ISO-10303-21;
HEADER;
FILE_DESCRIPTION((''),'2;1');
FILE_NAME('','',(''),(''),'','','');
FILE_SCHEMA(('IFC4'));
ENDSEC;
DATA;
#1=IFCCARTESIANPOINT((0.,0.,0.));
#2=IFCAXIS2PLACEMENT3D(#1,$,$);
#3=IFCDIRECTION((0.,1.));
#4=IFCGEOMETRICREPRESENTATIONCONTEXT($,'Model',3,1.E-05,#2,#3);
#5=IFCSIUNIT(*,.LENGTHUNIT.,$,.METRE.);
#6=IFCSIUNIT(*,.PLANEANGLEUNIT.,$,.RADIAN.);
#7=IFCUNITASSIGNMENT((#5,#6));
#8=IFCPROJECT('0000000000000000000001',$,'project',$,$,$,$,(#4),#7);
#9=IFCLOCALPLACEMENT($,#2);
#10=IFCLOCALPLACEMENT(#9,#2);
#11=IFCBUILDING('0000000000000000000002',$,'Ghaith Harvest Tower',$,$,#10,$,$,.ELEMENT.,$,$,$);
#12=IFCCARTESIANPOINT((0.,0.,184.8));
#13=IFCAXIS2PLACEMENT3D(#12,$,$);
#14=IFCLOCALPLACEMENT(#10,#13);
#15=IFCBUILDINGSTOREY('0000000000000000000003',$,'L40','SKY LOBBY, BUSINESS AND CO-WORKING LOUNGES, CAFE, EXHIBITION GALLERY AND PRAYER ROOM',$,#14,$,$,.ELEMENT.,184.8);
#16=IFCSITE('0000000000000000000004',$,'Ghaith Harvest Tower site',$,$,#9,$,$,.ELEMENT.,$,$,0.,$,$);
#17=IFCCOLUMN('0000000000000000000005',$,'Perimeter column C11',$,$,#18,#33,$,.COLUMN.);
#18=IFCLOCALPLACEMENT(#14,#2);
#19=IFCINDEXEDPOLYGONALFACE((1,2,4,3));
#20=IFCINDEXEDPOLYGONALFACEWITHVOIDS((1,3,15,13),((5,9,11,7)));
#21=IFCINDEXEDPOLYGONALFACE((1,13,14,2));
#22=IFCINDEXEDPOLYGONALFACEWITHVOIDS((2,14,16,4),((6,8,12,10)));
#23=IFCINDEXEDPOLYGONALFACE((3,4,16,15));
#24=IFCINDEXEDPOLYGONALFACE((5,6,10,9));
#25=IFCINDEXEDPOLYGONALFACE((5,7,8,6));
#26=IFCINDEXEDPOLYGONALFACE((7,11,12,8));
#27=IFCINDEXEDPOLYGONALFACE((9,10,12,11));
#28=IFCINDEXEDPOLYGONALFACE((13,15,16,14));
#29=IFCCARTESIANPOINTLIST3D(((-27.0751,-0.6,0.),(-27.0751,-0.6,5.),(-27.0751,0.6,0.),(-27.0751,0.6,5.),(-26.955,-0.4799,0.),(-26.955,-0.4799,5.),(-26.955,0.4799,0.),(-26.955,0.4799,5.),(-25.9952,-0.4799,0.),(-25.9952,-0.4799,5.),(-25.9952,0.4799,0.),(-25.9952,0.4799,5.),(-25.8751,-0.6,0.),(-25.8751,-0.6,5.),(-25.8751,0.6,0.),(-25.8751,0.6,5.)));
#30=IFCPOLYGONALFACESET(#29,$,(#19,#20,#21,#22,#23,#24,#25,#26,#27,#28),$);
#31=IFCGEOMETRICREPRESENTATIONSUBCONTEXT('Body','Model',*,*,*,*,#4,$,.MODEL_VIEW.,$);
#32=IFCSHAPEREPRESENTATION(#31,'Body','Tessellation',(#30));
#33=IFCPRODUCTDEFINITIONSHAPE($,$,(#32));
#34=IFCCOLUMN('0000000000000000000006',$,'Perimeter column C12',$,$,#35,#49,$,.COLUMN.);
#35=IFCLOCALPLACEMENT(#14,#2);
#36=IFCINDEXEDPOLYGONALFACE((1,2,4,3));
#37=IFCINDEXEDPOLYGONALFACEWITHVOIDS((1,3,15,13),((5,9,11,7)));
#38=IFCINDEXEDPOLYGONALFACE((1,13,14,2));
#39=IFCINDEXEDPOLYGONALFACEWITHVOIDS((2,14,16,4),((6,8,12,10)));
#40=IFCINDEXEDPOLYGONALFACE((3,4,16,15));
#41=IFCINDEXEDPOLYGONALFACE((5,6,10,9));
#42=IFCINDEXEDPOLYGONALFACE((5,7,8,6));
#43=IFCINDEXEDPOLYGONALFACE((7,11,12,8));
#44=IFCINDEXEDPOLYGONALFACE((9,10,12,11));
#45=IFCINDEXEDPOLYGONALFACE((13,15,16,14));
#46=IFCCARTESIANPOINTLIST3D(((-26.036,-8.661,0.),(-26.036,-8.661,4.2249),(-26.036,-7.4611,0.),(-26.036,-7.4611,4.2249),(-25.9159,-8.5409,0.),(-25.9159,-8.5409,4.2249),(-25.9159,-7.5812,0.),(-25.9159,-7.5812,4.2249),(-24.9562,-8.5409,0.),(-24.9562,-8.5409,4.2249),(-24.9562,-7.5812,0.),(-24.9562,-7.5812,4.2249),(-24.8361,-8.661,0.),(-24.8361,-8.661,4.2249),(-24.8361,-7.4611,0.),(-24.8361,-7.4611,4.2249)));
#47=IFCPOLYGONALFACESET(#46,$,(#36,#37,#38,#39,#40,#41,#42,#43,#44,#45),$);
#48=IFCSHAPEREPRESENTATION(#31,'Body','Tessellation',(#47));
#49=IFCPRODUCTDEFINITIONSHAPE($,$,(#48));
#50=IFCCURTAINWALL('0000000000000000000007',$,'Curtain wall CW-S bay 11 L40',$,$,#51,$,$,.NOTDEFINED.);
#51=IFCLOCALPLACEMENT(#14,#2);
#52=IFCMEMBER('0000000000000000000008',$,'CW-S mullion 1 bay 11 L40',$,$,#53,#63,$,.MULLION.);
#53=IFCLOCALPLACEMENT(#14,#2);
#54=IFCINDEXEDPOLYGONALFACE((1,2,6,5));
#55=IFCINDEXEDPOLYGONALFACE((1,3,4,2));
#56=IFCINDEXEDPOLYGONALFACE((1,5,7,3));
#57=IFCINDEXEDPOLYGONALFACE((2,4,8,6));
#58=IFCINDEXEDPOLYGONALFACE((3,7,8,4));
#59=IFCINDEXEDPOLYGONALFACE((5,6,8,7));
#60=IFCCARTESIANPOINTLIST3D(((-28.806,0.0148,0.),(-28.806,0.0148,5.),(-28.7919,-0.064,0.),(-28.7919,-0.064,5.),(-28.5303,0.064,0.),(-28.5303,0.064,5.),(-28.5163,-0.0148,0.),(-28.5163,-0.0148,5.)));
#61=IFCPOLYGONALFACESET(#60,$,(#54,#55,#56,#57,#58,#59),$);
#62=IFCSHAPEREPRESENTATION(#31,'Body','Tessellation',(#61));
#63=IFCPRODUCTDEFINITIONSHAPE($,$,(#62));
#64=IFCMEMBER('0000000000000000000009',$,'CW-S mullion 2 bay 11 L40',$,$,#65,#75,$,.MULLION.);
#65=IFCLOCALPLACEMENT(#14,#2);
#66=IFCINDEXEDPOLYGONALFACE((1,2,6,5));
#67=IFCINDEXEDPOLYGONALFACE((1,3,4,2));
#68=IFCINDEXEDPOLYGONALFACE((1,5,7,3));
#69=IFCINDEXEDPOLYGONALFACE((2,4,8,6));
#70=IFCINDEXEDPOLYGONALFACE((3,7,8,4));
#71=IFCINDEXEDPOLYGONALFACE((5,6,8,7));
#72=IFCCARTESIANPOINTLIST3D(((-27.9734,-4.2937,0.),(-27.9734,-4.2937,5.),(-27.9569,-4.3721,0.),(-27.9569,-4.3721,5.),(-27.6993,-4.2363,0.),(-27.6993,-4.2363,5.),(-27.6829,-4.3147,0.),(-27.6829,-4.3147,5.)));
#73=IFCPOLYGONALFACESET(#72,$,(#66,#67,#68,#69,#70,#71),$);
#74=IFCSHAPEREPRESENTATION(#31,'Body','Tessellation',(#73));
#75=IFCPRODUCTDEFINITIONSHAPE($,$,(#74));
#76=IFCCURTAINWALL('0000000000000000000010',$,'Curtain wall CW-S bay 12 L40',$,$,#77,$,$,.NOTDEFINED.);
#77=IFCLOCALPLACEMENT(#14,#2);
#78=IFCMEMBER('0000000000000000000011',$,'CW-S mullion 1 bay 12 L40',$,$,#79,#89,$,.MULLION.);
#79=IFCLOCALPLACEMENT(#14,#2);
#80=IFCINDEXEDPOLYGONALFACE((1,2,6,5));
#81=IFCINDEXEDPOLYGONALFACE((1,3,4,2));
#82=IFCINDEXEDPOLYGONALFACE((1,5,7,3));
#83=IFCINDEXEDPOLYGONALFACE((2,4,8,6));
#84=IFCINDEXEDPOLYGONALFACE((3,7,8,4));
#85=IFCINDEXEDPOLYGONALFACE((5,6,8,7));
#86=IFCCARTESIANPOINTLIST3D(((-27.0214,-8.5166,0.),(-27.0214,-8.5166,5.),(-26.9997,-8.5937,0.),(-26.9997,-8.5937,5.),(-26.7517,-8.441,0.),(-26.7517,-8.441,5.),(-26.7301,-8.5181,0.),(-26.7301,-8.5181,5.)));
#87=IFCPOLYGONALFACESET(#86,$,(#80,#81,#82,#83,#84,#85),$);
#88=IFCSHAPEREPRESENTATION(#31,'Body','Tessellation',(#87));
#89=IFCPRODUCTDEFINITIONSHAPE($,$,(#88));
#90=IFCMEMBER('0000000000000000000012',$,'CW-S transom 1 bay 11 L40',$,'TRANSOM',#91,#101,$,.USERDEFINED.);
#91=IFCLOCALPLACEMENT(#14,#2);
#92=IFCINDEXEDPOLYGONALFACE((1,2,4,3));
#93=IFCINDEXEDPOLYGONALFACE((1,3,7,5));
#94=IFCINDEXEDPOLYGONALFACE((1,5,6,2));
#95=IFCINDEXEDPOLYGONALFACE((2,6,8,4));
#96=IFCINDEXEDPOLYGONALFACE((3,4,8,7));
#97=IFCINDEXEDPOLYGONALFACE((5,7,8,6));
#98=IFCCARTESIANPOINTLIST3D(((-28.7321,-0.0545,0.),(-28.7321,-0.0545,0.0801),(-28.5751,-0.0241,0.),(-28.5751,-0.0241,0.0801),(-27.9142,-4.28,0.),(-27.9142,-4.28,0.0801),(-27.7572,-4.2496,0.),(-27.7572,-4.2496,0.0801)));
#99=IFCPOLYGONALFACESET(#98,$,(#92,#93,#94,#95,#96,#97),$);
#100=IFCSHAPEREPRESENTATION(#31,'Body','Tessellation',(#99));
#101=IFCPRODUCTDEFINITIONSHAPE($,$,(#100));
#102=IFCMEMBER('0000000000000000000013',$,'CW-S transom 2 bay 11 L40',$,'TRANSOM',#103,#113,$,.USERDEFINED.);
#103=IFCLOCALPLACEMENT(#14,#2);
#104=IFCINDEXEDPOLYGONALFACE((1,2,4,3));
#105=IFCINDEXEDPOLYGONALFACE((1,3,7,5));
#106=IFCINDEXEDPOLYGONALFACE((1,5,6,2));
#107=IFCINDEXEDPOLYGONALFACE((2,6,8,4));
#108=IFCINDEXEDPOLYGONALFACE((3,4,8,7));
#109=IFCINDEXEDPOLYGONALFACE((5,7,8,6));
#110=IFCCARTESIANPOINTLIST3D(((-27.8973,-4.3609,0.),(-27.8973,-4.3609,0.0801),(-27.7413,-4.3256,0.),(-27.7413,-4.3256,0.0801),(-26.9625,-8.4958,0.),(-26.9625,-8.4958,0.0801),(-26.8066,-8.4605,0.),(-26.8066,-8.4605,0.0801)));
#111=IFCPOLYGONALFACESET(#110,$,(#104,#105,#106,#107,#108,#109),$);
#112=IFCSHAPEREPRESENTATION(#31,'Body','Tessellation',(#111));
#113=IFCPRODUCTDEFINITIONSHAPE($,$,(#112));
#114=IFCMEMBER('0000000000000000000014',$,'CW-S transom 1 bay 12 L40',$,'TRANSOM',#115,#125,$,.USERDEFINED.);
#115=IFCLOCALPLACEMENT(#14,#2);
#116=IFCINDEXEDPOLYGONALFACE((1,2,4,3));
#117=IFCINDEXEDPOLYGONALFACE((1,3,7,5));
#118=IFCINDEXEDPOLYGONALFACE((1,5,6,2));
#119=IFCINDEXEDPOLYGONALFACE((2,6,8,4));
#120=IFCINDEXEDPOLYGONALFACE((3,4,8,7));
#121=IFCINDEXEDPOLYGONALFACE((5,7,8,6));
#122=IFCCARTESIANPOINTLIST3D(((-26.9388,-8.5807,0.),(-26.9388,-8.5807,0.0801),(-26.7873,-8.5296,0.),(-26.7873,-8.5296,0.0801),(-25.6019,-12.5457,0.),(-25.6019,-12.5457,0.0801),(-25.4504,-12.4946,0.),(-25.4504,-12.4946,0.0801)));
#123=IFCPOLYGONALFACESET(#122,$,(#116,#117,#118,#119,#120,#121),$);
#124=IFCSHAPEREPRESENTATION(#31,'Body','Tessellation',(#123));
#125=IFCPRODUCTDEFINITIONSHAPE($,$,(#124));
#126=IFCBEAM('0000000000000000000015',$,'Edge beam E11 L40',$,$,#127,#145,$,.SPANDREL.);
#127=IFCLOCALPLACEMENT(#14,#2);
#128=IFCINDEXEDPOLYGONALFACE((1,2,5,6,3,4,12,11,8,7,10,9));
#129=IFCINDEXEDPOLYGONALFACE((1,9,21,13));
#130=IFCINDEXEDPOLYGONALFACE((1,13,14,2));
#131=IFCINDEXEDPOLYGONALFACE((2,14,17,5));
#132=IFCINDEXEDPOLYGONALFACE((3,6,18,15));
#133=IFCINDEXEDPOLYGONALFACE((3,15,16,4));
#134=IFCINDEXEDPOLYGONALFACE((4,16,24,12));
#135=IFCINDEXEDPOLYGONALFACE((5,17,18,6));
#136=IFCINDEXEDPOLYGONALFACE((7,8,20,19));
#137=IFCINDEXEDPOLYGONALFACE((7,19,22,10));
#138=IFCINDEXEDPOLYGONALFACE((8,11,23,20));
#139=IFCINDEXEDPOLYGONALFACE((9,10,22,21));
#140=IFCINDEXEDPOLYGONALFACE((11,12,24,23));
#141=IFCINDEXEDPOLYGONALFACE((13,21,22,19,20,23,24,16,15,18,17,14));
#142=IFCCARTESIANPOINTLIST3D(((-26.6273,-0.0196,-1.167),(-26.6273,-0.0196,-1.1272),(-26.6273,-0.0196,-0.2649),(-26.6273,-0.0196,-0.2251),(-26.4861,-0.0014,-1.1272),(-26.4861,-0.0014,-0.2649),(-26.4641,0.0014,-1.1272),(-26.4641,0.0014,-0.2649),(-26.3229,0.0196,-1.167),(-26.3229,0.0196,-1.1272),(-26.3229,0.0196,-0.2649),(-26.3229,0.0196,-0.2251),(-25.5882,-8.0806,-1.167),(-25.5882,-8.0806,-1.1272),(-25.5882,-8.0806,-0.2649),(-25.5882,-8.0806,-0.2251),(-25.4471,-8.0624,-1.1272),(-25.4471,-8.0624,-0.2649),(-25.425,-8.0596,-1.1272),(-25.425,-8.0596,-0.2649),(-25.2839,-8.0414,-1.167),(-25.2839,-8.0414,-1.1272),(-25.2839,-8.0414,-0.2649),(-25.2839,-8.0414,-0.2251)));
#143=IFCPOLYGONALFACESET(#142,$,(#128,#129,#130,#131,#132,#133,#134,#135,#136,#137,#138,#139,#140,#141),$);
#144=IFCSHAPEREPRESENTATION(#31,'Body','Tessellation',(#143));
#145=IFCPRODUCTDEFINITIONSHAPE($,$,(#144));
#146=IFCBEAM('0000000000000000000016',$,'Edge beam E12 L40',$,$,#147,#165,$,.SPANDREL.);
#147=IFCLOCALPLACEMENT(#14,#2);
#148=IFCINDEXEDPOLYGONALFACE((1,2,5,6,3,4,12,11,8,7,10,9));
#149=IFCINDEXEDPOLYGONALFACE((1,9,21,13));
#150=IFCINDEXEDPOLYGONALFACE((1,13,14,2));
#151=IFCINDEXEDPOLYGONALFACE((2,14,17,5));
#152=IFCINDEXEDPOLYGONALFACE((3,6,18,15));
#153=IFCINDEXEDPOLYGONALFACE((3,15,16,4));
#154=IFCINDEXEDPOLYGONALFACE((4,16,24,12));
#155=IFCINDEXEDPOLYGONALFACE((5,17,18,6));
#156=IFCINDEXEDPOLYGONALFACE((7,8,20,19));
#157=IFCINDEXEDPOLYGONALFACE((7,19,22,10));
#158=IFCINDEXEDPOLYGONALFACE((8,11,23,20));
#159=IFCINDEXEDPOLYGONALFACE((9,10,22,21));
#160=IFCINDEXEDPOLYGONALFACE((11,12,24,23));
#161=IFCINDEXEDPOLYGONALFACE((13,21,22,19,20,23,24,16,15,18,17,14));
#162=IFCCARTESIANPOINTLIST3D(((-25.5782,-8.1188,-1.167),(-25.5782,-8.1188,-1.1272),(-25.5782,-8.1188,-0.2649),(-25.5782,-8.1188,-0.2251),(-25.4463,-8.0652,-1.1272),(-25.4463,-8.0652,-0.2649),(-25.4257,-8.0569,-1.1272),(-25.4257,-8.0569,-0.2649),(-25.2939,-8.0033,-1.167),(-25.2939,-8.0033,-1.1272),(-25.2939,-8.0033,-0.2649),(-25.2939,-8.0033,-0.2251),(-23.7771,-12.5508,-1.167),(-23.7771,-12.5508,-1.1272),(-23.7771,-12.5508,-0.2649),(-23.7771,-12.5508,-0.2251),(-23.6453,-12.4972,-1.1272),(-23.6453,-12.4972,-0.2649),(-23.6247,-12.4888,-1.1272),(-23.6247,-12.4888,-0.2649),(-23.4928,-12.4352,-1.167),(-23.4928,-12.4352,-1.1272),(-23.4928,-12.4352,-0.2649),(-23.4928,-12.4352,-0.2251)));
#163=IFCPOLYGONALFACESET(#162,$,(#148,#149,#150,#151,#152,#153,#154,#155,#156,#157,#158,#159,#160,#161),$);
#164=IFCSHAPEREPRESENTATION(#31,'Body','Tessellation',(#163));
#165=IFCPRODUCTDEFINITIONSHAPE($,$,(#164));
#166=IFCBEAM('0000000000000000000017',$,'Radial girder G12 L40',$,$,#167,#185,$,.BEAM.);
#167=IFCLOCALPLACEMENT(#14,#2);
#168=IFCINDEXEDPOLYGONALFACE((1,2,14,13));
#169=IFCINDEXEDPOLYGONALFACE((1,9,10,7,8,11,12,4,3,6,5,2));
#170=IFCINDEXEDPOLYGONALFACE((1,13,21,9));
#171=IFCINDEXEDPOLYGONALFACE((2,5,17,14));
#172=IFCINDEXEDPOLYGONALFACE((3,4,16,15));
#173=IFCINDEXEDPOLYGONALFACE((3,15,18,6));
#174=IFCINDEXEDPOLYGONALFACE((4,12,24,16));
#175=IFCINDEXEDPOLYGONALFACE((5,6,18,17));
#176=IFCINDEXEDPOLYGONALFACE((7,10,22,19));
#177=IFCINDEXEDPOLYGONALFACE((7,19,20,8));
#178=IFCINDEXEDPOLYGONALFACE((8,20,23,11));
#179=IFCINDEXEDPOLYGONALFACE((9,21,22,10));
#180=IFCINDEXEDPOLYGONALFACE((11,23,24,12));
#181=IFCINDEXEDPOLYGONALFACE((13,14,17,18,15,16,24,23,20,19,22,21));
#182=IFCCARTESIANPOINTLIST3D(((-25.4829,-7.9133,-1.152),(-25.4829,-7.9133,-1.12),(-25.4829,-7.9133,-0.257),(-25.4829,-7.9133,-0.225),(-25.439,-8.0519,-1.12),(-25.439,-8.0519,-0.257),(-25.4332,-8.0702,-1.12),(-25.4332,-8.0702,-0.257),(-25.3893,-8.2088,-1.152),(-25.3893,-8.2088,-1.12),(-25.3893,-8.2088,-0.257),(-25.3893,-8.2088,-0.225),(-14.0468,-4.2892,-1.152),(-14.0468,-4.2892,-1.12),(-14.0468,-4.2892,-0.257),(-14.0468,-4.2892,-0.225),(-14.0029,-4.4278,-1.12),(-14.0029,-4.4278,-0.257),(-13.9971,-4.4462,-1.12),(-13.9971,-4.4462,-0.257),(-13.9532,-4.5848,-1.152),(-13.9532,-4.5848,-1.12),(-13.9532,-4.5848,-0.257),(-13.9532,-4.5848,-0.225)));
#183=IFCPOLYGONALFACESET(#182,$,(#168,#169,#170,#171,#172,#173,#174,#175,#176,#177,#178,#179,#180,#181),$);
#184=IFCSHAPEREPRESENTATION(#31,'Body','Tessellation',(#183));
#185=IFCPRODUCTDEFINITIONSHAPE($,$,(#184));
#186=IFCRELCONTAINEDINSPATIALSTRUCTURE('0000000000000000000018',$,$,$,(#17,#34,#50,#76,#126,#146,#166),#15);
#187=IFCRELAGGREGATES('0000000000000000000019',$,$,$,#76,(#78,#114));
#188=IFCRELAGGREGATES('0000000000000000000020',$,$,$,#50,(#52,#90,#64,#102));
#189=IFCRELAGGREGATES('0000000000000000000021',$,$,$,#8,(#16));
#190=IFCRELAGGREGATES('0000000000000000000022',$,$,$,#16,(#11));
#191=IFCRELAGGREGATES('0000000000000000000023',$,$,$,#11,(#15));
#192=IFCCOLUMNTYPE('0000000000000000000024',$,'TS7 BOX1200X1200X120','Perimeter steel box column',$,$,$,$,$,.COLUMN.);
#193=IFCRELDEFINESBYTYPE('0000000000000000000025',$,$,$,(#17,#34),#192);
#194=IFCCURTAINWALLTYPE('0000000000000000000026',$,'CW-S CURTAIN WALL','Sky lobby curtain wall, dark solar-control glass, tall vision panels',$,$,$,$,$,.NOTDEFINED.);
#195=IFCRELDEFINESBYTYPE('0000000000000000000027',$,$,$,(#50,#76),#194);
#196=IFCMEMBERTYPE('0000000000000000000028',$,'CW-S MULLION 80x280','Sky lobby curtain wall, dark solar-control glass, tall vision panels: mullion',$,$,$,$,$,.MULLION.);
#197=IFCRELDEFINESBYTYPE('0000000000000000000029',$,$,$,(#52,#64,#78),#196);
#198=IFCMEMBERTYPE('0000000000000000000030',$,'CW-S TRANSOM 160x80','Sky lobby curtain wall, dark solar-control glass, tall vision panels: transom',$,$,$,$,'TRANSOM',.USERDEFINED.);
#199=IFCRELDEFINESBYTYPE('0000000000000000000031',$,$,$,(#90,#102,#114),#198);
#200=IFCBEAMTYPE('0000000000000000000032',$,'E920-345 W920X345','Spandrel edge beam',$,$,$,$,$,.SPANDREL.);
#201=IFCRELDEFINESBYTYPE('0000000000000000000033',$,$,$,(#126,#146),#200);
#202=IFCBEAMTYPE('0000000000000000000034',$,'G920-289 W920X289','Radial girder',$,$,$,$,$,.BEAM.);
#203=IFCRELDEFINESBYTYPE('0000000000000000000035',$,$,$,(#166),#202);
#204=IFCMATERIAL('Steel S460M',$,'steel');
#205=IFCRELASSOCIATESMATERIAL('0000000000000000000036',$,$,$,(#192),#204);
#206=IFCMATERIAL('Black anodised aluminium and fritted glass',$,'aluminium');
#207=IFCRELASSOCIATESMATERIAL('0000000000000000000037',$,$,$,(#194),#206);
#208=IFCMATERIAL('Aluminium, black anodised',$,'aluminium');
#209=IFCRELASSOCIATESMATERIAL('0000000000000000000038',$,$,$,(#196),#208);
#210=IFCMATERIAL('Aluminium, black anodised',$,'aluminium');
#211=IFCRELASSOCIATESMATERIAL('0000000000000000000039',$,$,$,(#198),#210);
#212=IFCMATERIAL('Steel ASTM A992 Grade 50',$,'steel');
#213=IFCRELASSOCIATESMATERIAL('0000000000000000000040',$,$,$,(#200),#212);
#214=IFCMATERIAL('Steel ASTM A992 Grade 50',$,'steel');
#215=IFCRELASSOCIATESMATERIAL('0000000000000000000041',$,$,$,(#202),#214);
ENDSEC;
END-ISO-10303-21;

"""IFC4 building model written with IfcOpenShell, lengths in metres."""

from ifc_helpers import new_model, si_unit, direction, frame, origin, origin_2d, place, context, subcontext, project, spatial, rectangle, hollow_rectangle, i_section, extrude, material, material_profile, profile_set, type_object, element, aggregate, save


model = new_model("IFC4")

# Units and contexts
model_context = context("Model", 3, precision=1e-05, world=origin(), true_north=direction((0.0, 1.0)))
body_context = subcontext(model_context, "Body", "Model", "MODEL_VIEW")
ifc_project = project(units=[si_unit("LENGTHUNIT", "METRE"), si_unit("PLANEANGLEUNIT", "RADIAN")], contexts=[model_context])

# Site, building, storey
site_placement = place(None, origin())
site = spatial("IfcSite", under=ifc_project, at=site_placement, Name="Ghaith Harvest Tower site", CompositionType="ELEMENT", RefElevation=0.0)
building_placement = place(site_placement, origin())
building = spatial("IfcBuilding", under=site, at=building_placement, Name="Ghaith Harvest Tower", CompositionType="ELEMENT")
storey_placement = place(building_placement, frame((0.0, 0.0, 184.8)))
storey = spatial("IfcBuildingStorey", under=building, at=storey_placement, Name="L40", Description="SKY LOBBY, BUSINESS AND CO-WORKING LOUNGES, CAFE, EXHIBITION GALLERY AND PRAYER ROOM", CompositionType="ELEMENT", Elevation=184.8)

# Columns
ifc_material_1 = material(Name="Steel S460M", Category="steel")
ifc_material_profile_1 = material_profile(ifc_material_1, hollow_rectangle(XDim=1.2, YDim=1.2, WallThickness=0.1201, at=origin_2d()), Name="BOX1200X1200X120")
ifc_profile_set_1 = profile_set([ifc_material_profile_1], Name="Steel S460M")
column_type = type_object("IfcColumnType", Name="TS7 BOX1200X1200X120", Description="Perimeter steel box column", PredefinedType="COLUMN", material=ifc_profile_set_1)
column_1_placement = place(storey_placement, frame((-26.4751, 0.0, 0.0), z_axis=(0.0, 0.0, 1.0), x_axis=(1.0, 0.0, 0.0)))
element("IfcColumn", 1, at=column_1_placement, inside=storey, type_object=column_type, Name="Perimeter column C11", PredefinedType="COLUMN", context=body_context, shape_type="SweptSolid", body=[
    extrude(hollow_rectangle(XDim=1.2, YDim=1.2, WallThickness=0.1201, at=origin_2d()), origin(), (0.0, 0.0, 1.0), 5.0),
])
column_2_placement = place(storey_placement, frame((-25.436, -8.061, 0.0), z_axis=(0.0, 0.0, 1.0), x_axis=(1.0, 0.0, 0.0)))
element("IfcColumn", 2, at=column_2_placement, inside=storey, type_object=column_type, Name="Perimeter column C12", PredefinedType="COLUMN", context=body_context, shape_type="SweptSolid", body=[
    extrude(hollow_rectangle(XDim=1.2, YDim=1.2, WallThickness=0.1201, at=origin_2d()), origin(), (0.0, 0.0, 1.0), 4.2249),
])

# Curtain wall, members
ifc_material_2 = material(Name="Black anodised aluminium and fritted glass", Category="aluminium")
curtain_wall_type = type_object("IfcCurtainWallType", Name="CW-S CURTAIN WALL", Description="Sky lobby curtain wall, dark solar-control glass, tall vision panels", PredefinedType="NOTDEFINED", material=ifc_material_2)
curtain_wall_1_placement = place(storey_placement, origin())
curtain_wall_1 = element("IfcCurtainWall", 3, at=curtain_wall_1_placement, inside=storey, type_object=curtain_wall_type, Name="Curtain wall CW-S bay 11 L40", PredefinedType="NOTDEFINED")
ifc_material_3 = material(Name="Aluminium, black anodised", Category="aluminium")
ifc_material_profile_2 = material_profile(ifc_material_3, rectangle(XDim=0.0801, YDim=0.28, at=origin_2d()), Name="CW-S MULLION 80x280")
ifc_profile_set_2 = profile_set([ifc_material_profile_2], Name="Aluminium, black anodised")
member_type_1 = type_object("IfcMemberType", Name="CW-S MULLION 80x280", Description="Sky lobby curtain wall, dark solar-control glass, tall vision panels: mullion", PredefinedType="MULLION", material=ifc_profile_set_2)
member_1_placement = place(storey_placement, frame((-28.6611, 0.0, 0.0), z_axis=(0.0, 0.0, 1.0), x_axis=(0.175827, -0.984421, 0.0)))
member_1 = element("IfcMember", 4, at=member_1_placement, type_object=member_type_1, Name="CW-S mullion 1 bay 11 L40", PredefinedType="MULLION", context=body_context, shape_type="SweptSolid", body=[
    extrude(rectangle(XDim=0.0801, YDim=0.28, at=origin_2d()), origin(), (0.0, 0.0, 1.0), 5.0),
])
member_2_placement = place(storey_placement, frame((-27.8281, -4.3042, 0.0), z_axis=(0.0, 0.0, 1.0), x_axis=(0.205176, -0.978725, 0.0)))
member_2 = element("IfcMember", 5, at=member_2_placement, type_object=member_type_1, Name="CW-S mullion 2 bay 11 L40", PredefinedType="MULLION", context=body_context, shape_type="SweptSolid", body=[
    extrude(rectangle(XDim=0.0801, YDim=0.28, at=origin_2d()), origin(), (0.0, 0.0, 1.0), 5.0),
])

# Curtain wall, member
curtain_wall_2_placement = place(storey_placement, origin())
curtain_wall_2 = element("IfcCurtainWall", 6, at=curtain_wall_2_placement, inside=storey, type_object=curtain_wall_type, Name="Curtain wall CW-S bay 12 L40", PredefinedType="NOTDEFINED")
member_3_placement = place(storey_placement, frame((-26.8757, -8.5173, 0.0), z_axis=(0.0, 0.0, 1.0), x_axis=(0.270019, -0.962855, 0.0)))
member_3 = element("IfcMember", 7, at=member_3_placement, type_object=member_type_1, Name="CW-S mullion 1 bay 12 L40", PredefinedType="MULLION", context=body_context, shape_type="SweptSolid", body=[
    extrude(rectangle(XDim=0.0801, YDim=0.28, at=origin_2d()), origin(), (0.0, 0.0, 1.0), 5.0),
])

# Members
ifc_material_4 = material(Name="Aluminium, black anodised", Category="aluminium")
ifc_material_profile_3 = material_profile(ifc_material_4, rectangle(XDim=0.1599, YDim=0.0801, at=origin_2d()), Name="CW-S TRANSOM 160x80")
ifc_profile_set_3 = profile_set([ifc_material_profile_3], Name="Aluminium, black anodised")
member_type_2 = type_object("IfcMemberType", Name="CW-S TRANSOM 160x80", Description="Sky lobby curtain wall, dark solar-control glass, tall vision panels: transom", ElementType="TRANSOM", PredefinedType="USERDEFINED", material=ifc_profile_set_3)
member_4_placement = place(storey_placement, frame((-28.6536, -0.0393, 0.04), z_axis=(0.190025, -0.981779, 0.0), x_axis=(0.981779, 0.190025, 0.0)))
member_4 = element("IfcMember", 8, at=member_4_placement, type_object=member_type_2, Name="CW-S transom 1 bay 11 L40", ObjectType="TRANSOM", PredefinedType="USERDEFINED", context=body_context, shape_type="SweptSolid", body=[
    extrude(rectangle(XDim=0.1599, YDim=0.0801, at=origin_2d()), origin(), (0.0, 0.0, 1.0), 4.304),
])
member_5_placement = place(storey_placement, frame((-27.8193, -4.3433, 0.04), z_axis=(0.220508, -0.975385, 0.0), x_axis=(0.975385, 0.220508, 0.0)))
member_5 = element("IfcMember", 9, at=member_5_placement, type_object=member_type_2, Name="CW-S transom 2 bay 11 L40", ObjectType="TRANSOM", PredefinedType="USERDEFINED", context=body_context, shape_type="SweptSolid", body=[
    extrude(rectangle(XDim=0.1599, YDim=0.0801, at=origin_2d()), origin(), (0.0, 0.0, 1.0), 4.2393),
])
member_6_placement = place(storey_placement, frame((-26.863, -8.5552, 0.04), z_axis=(0.319499, -0.947587, 0.0), x_axis=(0.947587, 0.319499, 0.0)))
member_6 = element("IfcMember", 10, at=member_6_placement, type_object=member_type_2, Name="CW-S transom 1 bay 12 L40", ObjectType="TRANSOM", PredefinedType="USERDEFINED", context=body_context, shape_type="SweptSolid", body=[
    extrude(rectangle(XDim=0.1599, YDim=0.0801, at=origin_2d()), origin(), (0.0, 0.0, 1.0), 4.1843),
])
aggregate(curtain_wall_2, [member_3, member_6])

# Beams
ifc_material_5 = material(Name="Steel ASTM A992 Grade 50", Category="steel")
ifc_material_profile_4 = material_profile(ifc_material_5, i_section(OverallWidth=0.3069, OverallDepth=0.9419, WebThickness=0.0222, FlangeThickness=0.0398, at=origin_2d()), Name="W920X345")
ifc_profile_set_4 = profile_set([ifc_material_profile_4], Name="Steel ASTM A992 Grade 50")
beam_type_1 = type_object("IfcBeamType", Name="E920-345 W920X345", Description="Spandrel edge beam", PredefinedType="SPANDREL", material=ifc_profile_set_4)
beam_1_placement = place(storey_placement, frame((-26.4751, 0.0, -0.696), z_axis=(0.127842, -0.991795, 0.0), x_axis=(0.991795, 0.127842, 0.0)))
element("IfcBeam", 11, at=beam_1_placement, inside=storey, type_object=beam_type_1, Name="Edge beam E11 L40", PredefinedType="SPANDREL", context=body_context, shape_type="SweptSolid", body=[
    extrude(i_section(OverallWidth=0.3069, OverallDepth=0.9419, WebThickness=0.0222, FlangeThickness=0.0398, at=origin_2d()), origin(), (0.0, 0.0, 1.0), 8.1277),
])
beam_2_placement = place(storey_placement, frame((-25.436, -8.061, -0.696), z_axis=(0.37648, -0.926425, 0.0), x_axis=(0.926425, 0.37648, 0.0)))
element("IfcBeam", 12, at=beam_2_placement, inside=storey, type_object=beam_type_1, Name="Edge beam E12 L40", PredefinedType="SPANDREL", context=body_context, shape_type="SweptSolid", body=[
    extrude(i_section(OverallWidth=0.3069, OverallDepth=0.9419, WebThickness=0.0222, FlangeThickness=0.0398, at=origin_2d()), origin(), (0.0, 0.0, 1.0), 4.7839),
])
ifc_material_6 = material(Name="Steel ASTM A992 Grade 50", Category="steel")
ifc_material_profile_5 = material_profile(ifc_material_6, i_section(OverallWidth=0.3101, OverallDepth=0.927, WebThickness=0.0193, FlangeThickness=0.032, at=origin_2d()), Name="W920X289")
ifc_profile_set_5 = profile_set([ifc_material_profile_5], Name="Steel ASTM A992 Grade 50")
beam_type_2 = type_object("IfcBeamType", Name="G920-289 W920X289", Description="Radial girder", PredefinedType="BEAM", material=ifc_profile_set_5)
beam_3_placement = place(storey_placement, frame((-14.0, -4.437, -0.6885), z_axis=(-0.95328, -0.30209, 0.0), x_axis=(0.30209, -0.95328, 0.0)))
element("IfcBeam", 13, at=beam_3_placement, inside=storey, type_object=beam_type_2, Name="Radial girder G12 L40", PredefinedType="BEAM", context=body_context, shape_type="SweptSolid", body=[
    extrude(i_section(OverallWidth=0.3101, OverallDepth=0.927, WebThickness=0.0193, FlangeThickness=0.032, at=origin_2d()), origin(), (0.0, 0.0, 1.0), 11.9966),
])

aggregate(curtain_wall_1, [member_1, member_4, member_2, member_5])

save(model, "model.ifc")
